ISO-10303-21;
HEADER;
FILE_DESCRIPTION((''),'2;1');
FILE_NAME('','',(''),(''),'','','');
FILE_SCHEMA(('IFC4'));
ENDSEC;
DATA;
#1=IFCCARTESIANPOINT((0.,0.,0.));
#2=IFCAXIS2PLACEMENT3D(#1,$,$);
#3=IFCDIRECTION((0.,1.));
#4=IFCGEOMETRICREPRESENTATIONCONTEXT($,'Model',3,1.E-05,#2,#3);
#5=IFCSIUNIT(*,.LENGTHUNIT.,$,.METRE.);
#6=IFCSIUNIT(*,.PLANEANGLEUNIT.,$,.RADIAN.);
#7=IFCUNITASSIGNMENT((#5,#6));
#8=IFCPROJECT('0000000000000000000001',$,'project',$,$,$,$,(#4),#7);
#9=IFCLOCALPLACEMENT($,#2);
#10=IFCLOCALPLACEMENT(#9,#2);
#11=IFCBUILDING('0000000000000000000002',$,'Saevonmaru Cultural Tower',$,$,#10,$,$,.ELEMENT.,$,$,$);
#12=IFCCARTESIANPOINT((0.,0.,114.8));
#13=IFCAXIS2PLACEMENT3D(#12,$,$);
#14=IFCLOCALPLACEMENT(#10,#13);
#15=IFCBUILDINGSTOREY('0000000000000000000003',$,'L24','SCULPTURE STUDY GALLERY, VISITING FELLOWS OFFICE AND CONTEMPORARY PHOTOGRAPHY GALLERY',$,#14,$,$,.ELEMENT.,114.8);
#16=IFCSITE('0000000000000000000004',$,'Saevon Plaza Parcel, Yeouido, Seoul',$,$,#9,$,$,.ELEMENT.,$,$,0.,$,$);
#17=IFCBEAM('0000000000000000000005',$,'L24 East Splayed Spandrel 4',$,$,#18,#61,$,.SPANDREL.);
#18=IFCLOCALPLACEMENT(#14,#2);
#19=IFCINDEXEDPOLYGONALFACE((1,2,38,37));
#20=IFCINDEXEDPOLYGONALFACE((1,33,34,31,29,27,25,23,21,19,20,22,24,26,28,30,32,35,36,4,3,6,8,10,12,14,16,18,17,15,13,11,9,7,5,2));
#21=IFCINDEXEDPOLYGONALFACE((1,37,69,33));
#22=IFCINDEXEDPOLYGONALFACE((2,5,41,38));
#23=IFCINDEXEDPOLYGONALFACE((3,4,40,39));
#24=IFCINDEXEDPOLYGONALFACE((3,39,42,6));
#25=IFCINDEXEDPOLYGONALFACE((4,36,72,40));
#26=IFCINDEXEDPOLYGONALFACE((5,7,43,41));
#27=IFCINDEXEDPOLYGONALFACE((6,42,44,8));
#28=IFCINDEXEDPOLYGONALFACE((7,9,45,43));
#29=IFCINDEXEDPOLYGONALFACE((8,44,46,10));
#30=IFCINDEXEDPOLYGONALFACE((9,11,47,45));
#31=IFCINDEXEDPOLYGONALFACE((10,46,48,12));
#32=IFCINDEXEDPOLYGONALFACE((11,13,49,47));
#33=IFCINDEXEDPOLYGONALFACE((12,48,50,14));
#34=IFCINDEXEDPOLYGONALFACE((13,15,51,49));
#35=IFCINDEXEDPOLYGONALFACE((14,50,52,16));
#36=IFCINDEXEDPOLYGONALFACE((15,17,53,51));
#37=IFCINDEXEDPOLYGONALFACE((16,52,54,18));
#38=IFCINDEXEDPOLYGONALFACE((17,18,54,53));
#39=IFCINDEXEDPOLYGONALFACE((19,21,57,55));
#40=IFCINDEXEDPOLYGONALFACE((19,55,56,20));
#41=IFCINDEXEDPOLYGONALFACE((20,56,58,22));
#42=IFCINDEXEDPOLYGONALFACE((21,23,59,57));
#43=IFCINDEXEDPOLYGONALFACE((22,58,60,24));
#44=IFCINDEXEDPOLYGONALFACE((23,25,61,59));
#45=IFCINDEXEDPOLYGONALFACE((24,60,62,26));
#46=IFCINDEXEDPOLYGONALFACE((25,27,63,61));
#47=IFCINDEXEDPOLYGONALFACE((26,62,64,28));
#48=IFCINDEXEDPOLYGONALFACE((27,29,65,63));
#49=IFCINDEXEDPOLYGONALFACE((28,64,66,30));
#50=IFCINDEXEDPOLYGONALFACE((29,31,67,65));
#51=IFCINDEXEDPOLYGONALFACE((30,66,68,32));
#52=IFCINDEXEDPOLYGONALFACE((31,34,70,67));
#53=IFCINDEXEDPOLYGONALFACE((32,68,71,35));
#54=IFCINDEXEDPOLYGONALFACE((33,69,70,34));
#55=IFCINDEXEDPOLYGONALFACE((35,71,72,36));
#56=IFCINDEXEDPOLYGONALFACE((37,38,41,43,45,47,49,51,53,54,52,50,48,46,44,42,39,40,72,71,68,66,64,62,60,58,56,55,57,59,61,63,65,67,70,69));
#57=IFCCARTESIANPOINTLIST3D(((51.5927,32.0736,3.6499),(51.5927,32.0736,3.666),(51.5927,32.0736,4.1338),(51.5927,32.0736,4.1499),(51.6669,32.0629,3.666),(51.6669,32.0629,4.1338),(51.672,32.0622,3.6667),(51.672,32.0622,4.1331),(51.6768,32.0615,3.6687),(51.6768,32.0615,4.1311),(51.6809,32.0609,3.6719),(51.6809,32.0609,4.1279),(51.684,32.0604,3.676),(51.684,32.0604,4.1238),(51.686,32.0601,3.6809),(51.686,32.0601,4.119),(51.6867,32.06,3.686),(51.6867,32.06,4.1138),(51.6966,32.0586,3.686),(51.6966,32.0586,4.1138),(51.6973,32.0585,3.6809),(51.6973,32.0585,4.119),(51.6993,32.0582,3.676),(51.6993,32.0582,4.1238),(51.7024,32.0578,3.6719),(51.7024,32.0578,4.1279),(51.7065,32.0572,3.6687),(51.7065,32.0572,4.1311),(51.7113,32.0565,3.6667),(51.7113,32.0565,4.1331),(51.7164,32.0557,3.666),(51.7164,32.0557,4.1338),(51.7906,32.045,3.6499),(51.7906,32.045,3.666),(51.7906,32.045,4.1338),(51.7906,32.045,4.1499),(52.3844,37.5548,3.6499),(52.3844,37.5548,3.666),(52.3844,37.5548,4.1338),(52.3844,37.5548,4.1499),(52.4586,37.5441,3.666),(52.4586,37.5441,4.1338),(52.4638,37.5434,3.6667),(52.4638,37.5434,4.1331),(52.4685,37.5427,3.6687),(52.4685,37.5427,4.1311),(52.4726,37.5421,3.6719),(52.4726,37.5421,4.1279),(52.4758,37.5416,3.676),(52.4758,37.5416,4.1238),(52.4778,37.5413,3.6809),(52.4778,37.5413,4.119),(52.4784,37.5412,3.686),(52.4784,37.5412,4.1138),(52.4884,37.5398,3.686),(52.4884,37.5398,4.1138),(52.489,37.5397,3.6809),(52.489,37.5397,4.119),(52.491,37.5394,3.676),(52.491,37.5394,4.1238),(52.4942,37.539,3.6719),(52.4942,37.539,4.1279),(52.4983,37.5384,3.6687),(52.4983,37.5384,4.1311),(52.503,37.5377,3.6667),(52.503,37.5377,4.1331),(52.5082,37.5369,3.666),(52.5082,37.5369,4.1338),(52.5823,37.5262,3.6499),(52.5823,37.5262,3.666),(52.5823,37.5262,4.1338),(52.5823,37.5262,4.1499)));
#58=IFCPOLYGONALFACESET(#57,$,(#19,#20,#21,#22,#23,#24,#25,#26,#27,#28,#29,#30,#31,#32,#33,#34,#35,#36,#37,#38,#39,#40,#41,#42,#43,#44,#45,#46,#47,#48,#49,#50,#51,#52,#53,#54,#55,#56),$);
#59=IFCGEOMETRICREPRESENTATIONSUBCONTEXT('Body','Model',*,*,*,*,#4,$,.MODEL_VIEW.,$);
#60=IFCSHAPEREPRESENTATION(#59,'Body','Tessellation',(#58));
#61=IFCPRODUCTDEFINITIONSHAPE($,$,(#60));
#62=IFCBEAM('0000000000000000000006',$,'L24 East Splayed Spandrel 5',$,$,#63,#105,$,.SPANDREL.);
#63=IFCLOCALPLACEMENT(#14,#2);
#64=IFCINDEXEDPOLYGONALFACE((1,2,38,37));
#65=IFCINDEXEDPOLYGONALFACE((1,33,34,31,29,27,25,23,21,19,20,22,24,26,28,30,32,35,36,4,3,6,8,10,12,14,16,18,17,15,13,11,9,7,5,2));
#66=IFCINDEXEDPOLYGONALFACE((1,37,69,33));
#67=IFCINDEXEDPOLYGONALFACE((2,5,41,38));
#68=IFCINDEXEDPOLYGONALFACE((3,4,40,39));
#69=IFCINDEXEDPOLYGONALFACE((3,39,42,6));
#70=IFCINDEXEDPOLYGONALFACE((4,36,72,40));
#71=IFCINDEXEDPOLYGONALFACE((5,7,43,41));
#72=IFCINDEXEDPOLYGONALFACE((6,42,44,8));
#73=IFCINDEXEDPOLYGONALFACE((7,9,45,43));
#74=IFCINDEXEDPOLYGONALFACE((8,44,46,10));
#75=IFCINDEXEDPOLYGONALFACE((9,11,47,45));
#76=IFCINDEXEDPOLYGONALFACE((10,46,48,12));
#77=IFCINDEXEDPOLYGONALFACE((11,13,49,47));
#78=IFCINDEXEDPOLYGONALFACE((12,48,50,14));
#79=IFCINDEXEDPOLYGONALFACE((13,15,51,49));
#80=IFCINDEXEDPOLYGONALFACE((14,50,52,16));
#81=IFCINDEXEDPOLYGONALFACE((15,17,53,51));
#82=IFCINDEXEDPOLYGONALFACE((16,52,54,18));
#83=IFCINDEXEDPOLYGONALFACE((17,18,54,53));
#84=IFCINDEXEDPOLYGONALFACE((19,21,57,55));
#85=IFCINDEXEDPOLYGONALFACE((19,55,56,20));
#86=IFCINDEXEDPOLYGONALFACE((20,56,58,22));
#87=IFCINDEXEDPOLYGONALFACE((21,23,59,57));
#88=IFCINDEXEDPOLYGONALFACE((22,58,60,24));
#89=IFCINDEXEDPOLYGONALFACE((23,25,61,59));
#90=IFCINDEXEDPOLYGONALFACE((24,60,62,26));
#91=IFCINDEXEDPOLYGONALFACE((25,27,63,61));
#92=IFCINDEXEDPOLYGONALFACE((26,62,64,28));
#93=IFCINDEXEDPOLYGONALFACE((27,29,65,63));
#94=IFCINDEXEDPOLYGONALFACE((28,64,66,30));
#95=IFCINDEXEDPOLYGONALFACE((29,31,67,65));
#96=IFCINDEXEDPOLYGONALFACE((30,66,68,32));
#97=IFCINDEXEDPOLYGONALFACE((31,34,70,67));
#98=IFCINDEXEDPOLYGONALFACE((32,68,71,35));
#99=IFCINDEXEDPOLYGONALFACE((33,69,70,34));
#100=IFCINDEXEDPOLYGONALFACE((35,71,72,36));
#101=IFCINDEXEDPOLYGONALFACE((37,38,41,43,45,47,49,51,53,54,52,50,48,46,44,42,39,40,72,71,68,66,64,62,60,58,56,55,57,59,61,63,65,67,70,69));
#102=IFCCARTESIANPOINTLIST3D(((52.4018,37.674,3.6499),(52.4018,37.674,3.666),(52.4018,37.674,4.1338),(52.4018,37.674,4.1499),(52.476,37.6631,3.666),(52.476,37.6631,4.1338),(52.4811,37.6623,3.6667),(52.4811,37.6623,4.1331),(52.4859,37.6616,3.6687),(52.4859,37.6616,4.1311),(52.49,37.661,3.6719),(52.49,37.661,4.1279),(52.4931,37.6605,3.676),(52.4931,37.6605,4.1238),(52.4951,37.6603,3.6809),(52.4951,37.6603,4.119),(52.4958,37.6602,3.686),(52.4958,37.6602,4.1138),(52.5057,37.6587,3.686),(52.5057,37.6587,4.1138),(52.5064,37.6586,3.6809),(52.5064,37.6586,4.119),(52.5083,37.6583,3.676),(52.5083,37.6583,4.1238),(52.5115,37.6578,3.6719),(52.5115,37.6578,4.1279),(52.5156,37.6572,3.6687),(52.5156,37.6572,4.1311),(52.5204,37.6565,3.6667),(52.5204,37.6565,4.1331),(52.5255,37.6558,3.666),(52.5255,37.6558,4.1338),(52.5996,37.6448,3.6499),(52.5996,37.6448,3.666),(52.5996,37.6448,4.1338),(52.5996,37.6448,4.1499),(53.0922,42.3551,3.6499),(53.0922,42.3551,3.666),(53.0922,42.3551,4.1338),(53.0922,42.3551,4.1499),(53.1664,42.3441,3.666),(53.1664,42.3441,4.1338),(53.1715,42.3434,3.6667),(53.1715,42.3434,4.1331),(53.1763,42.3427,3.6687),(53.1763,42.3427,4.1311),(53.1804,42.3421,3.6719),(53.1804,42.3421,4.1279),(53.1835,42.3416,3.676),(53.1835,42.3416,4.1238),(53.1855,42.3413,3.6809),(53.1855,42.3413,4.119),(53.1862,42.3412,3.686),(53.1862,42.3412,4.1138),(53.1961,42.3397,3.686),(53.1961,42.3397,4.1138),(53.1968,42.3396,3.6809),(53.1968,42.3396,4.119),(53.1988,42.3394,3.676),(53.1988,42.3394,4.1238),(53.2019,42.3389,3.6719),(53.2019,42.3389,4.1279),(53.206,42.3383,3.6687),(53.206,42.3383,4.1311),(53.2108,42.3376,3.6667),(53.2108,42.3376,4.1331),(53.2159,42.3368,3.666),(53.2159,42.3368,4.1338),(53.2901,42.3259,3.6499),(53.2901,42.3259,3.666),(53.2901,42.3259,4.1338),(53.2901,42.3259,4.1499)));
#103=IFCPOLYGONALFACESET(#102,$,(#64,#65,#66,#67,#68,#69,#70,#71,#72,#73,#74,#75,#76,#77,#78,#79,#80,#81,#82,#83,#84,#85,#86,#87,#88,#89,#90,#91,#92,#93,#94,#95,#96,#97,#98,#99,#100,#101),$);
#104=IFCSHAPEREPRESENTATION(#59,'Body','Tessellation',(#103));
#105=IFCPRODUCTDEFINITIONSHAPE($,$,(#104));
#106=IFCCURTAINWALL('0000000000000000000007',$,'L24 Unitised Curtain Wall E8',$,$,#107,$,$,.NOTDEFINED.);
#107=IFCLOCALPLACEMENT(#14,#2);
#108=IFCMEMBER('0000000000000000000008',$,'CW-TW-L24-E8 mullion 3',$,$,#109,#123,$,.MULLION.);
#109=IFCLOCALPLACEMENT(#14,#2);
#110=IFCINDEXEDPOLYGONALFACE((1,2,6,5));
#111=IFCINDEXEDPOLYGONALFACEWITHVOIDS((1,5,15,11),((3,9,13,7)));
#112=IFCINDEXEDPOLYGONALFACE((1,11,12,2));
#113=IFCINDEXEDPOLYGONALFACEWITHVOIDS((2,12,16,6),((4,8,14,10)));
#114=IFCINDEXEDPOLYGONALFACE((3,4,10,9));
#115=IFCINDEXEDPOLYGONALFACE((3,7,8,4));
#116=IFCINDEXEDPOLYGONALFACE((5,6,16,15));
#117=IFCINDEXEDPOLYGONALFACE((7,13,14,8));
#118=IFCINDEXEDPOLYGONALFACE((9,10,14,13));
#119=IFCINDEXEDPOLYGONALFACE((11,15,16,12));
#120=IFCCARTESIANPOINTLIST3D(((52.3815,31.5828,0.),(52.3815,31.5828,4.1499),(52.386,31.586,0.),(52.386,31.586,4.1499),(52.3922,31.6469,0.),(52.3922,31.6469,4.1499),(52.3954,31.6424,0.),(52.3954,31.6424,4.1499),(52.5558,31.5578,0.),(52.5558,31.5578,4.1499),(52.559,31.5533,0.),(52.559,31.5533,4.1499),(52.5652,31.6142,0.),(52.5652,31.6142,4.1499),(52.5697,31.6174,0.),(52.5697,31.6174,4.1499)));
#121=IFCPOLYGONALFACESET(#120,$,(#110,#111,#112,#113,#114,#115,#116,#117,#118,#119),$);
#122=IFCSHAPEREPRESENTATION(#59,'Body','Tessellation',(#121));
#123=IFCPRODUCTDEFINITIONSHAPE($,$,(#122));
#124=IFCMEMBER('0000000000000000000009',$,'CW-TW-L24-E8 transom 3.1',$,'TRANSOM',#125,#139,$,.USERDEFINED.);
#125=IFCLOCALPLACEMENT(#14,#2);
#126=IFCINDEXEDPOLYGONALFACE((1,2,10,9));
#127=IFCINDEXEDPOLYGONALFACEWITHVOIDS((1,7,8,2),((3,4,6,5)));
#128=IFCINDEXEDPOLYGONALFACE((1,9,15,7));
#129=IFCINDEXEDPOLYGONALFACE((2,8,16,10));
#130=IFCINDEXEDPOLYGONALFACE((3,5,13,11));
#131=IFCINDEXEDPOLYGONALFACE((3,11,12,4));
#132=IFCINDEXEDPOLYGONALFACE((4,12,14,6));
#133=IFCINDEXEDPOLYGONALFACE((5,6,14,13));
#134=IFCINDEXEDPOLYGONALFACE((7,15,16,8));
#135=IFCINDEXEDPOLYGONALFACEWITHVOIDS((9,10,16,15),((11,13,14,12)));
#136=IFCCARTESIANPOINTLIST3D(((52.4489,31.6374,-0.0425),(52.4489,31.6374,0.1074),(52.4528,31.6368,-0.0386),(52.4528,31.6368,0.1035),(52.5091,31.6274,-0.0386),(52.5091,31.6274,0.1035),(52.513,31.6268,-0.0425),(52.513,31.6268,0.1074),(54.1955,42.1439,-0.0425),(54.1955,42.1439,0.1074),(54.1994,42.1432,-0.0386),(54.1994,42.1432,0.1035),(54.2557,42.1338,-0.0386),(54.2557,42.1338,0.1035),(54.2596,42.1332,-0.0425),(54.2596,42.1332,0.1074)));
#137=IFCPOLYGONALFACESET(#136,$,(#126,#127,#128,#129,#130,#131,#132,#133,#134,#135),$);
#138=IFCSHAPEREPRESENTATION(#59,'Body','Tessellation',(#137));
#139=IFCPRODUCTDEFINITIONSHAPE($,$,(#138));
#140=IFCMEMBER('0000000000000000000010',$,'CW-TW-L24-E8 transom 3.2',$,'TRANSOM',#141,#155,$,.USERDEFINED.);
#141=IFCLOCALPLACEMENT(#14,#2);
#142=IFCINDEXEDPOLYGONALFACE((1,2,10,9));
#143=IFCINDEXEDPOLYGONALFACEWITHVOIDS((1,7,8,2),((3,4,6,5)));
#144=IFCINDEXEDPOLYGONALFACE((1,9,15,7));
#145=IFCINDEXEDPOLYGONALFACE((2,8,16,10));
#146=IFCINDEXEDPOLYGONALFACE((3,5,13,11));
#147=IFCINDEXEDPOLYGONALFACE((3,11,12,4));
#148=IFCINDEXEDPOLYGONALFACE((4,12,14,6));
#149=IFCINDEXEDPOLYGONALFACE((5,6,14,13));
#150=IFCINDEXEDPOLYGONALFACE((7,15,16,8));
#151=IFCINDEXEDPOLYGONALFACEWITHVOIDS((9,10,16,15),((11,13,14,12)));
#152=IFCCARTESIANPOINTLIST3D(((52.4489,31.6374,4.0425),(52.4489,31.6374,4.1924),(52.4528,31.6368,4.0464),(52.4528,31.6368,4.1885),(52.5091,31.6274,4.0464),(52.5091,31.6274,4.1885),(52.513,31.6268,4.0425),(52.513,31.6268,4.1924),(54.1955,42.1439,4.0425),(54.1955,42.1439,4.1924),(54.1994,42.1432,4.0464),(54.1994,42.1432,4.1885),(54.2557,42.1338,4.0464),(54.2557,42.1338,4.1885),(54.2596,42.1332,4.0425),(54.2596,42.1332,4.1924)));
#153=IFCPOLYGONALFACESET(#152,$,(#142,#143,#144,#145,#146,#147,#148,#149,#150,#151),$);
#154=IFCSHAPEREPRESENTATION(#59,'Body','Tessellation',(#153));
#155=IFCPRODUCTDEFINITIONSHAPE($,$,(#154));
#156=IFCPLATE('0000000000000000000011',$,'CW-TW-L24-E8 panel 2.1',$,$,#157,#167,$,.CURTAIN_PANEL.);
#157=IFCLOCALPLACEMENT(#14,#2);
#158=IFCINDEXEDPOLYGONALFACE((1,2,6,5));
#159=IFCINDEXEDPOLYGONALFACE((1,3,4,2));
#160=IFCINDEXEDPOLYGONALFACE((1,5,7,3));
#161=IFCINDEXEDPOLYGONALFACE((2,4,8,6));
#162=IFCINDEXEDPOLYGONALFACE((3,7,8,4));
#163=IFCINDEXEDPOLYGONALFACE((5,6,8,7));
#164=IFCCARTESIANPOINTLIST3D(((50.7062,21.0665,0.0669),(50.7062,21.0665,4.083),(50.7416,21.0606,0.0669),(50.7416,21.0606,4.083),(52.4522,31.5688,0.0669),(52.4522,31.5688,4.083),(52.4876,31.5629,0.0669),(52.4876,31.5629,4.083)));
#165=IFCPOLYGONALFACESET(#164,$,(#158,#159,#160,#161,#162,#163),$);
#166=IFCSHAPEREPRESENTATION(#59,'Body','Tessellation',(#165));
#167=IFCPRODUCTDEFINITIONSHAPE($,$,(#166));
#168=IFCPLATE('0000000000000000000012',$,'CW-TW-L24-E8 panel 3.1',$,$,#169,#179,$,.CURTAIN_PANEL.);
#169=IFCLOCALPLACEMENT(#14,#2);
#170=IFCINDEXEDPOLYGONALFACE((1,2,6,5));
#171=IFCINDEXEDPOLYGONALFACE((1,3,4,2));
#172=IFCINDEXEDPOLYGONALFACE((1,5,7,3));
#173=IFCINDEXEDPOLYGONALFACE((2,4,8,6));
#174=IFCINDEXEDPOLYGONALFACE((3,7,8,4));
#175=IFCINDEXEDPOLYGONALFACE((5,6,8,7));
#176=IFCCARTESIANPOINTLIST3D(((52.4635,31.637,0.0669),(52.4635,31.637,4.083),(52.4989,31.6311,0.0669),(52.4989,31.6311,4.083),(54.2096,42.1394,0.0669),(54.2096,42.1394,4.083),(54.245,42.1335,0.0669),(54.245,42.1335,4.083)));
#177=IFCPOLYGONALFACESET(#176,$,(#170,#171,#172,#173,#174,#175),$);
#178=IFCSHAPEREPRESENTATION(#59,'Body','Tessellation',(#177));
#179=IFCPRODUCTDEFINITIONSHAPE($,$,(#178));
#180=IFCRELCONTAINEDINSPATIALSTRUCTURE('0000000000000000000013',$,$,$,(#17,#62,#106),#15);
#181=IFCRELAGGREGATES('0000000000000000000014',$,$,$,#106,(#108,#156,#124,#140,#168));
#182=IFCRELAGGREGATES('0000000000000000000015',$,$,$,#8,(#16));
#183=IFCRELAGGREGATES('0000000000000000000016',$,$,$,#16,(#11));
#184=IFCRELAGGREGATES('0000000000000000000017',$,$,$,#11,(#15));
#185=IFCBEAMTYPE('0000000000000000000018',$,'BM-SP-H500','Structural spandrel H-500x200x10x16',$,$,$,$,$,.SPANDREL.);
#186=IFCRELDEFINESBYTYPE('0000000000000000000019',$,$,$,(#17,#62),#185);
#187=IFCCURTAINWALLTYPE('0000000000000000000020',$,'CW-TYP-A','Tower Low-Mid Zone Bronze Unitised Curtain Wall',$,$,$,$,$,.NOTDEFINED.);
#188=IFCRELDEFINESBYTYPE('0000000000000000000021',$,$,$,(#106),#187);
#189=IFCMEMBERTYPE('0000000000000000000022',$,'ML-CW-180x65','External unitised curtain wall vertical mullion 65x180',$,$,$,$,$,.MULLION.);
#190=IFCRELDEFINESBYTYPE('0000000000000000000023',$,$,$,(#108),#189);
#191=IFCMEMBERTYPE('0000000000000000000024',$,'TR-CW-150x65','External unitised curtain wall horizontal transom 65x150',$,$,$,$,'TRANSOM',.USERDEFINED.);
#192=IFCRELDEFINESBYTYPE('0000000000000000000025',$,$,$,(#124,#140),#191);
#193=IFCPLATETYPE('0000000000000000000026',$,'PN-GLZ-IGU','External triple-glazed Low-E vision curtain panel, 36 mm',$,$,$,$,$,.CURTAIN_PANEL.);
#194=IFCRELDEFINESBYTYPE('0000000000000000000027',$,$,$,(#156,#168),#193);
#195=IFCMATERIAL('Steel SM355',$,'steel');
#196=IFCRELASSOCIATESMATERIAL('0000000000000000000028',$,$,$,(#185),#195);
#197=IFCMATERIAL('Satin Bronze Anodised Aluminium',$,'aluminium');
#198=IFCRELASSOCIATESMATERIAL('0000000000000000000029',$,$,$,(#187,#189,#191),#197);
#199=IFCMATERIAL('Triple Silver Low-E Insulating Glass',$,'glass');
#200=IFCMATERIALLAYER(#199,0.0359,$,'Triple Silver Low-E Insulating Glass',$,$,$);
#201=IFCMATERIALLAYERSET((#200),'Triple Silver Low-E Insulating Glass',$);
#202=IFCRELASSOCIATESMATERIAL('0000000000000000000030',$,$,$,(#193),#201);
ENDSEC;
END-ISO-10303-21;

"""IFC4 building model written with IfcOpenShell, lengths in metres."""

from ifc_helpers import new_model, si_unit, direction, frame, origin, origin_2d, place, context, subcontext, project, spatial, rectangle, hollow_rectangle, i_section, extrude, material, layer, layer_set, material_profile, profile_set, type_object, element, aggregate, save


model = new_model("IFC4")

# Units and contexts
model_context = context("Model", 3, precision=1e-05, world=origin(), true_north=direction((0.0, 1.0)))
body_context = subcontext(model_context, "Body", "Model", "MODEL_VIEW")
ifc_project = project(units=[si_unit("LENGTHUNIT", "METRE"), si_unit("PLANEANGLEUNIT", "RADIAN")], contexts=[model_context])

# Site, building, storey
site_placement = place(None, origin())
site = spatial("IfcSite", under=ifc_project, at=site_placement, Name="Saevon Plaza Parcel, Yeouido, Seoul", CompositionType="ELEMENT", RefElevation=0.0)
building_placement = place(site_placement, origin())
building = spatial("IfcBuilding", under=site, at=building_placement, Name="Saevonmaru Cultural Tower", CompositionType="ELEMENT")
storey_placement = place(building_placement, frame((0.0, 0.0, 114.8)))
storey = spatial("IfcBuildingStorey", under=building, at=storey_placement, Name="L24", Description="SCULPTURE STUDY GALLERY, VISITING FELLOWS OFFICE AND CONTEMPORARY PHOTOGRAPHY GALLERY", CompositionType="ELEMENT", Elevation=114.8)

# Shared definitions
ifc_material_1 = material(Name="Steel SM355", Category="steel")

# Beams
ifc_material_profile_1 = material_profile(ifc_material_1, i_section(OverallWidth=0.2, OverallDepth=0.5, WebThickness=0.01, FlangeThickness=0.0161, FilletRadius=0.02, at=origin_2d()), Name="H-500x200x10x16")
ifc_profile_set_1 = profile_set([ifc_material_profile_1], Name="Steel SM355")
beam_type_1 = type_object("IfcBeamType", Name="BM-SP-H500", Description="Structural spandrel H-500x200x10x16", PredefinedType="SPANDREL", material=ifc_profile_set_1)
beam_1_placement = place(storey_placement, frame((51.6917, 32.0593, 3.8999), z_axis=(0.142964, 0.989728, 0.0), x_axis=(-0.989728, 0.142964, 0.0)))
element("IfcBeam", 1, at=beam_1_placement, inside=storey, type_object=beam_type_1, Name="L24 East Splayed Spandrel 4", PredefinedType="SPANDREL", context=body_context, shape_type="SweptSolid", body=[
    extrude(i_section(OverallWidth=0.2, OverallDepth=0.5, WebThickness=0.01, FlangeThickness=0.0161, FilletRadius=0.02, at=origin_2d()), origin(), (0.0, 0.0, 1.0), 5.5381),
])
beam_2_placement = place(storey_placement, frame((52.5007, 37.6594, 3.8999), z_axis=(0.145913, 0.989297, 0.0), x_axis=(-0.989297, 0.145913, 0.0)))
element("IfcBeam", 2, at=beam_2_placement, inside=storey, type_object=beam_type_1, Name="L24 East Splayed Spandrel 5", PredefinedType="SPANDREL", context=body_context, shape_type="SweptSolid", body=[
    extrude(i_section(OverallWidth=0.2, OverallDepth=0.5, WebThickness=0.01, FlangeThickness=0.0161, FilletRadius=0.02, at=origin_2d()), origin(), (0.0, 0.0, 1.0), 4.7317),
])

# Curtain wall, members, plates
ifc_material_2 = material(Name="Satin Bronze Anodised Aluminium", Category="aluminium")
curtain_wall_type = type_object("IfcCurtainWallType", Name="CW-TYP-A", Description="Tower Low-Mid Zone Bronze Unitised Curtain Wall", PredefinedType="NOTDEFINED", material=ifc_material_2)
curtain_wall_placement = place(storey_placement, origin())
curtain_wall = element("IfcCurtainWall", 3, at=curtain_wall_placement, inside=storey, type_object=curtain_wall_type, Name="L24 Unitised Curtain Wall E8", PredefinedType="NOTDEFINED")
ifc_material_profile_2 = material_profile(ifc_material_2, hollow_rectangle(XDim=0.0649, YDim=0.1799, WallThickness=0.0039, at=origin_2d()), Name="ALU-MULL-180x65x4")
ifc_profile_set_2 = profile_set([ifc_material_profile_2], Name="Satin Bronze Anodised Aluminium")
member_type_1 = type_object("IfcMemberType", Name="ML-CW-180x65", Description="External unitised curtain wall vertical mullion 65x180", PredefinedType="MULLION", material=ifc_profile_set_2)
member_1_placement = place(storey_placement, frame((52.4756, 31.6001, 0.0), z_axis=(0.0, 0.0, 1.0), x_axis=(0.163999, 0.986461, 0.0)))
member_1 = element("IfcMember", 4, at=member_1_placement, type_object=member_type_1, Name="CW-TW-L24-E8 mullion 3", PredefinedType="MULLION", context=body_context, shape_type="SweptSolid", body=[
    extrude(hollow_rectangle(XDim=0.0649, YDim=0.1799, WallThickness=0.0039, at=origin_2d()), origin(), (0.0, 0.0, 1.0), 4.1499),
])
ifc_material_profile_3 = material_profile(ifc_material_2, hollow_rectangle(XDim=0.0649, YDim=0.1499, WallThickness=0.0039, at=origin_2d()), Name="ALU-TRAN-150x65x4")
ifc_profile_set_3 = profile_set([ifc_material_profile_3], Name="Satin Bronze Anodised Aluminium")
member_type_2 = type_object("IfcMemberType", Name="TR-CW-150x65", Description="External unitised curtain wall horizontal transom 65x150", ElementType="TRANSOM", PredefinedType="USERDEFINED", material=ifc_profile_set_3)
member_2_placement = place(storey_placement, frame((52.481, 31.6321, 0.0325), z_axis=(0.16399, 0.986462, 0.0), x_axis=(-0.986462, 0.16399, 0.0)))
member_2 = element("IfcMember", 5, at=member_2_placement, type_object=member_type_2, Name="CW-TW-L24-E8 transom 3.1", ObjectType="TRANSOM", PredefinedType="USERDEFINED", context=body_context, shape_type="SweptSolid", body=[
    extrude(hollow_rectangle(XDim=0.0649, YDim=0.1499, WallThickness=0.0039, at=origin_2d()), origin(), (0.0, 0.0, 1.0), 10.6506),
])
member_3_placement = place(storey_placement, frame((52.481, 31.6321, 4.1174), z_axis=(0.16399, 0.986462, 0.0), x_axis=(-0.986462, 0.16399, 0.0)))
member_3 = element("IfcMember", 6, at=member_3_placement, type_object=member_type_2, Name="CW-TW-L24-E8 transom 3.2", ObjectType="TRANSOM", PredefinedType="USERDEFINED", context=body_context, shape_type="SweptSolid", body=[
    extrude(hollow_rectangle(XDim=0.0649, YDim=0.1499, WallThickness=0.0039, at=origin_2d()), origin(), (0.0, 0.0, 1.0), 10.6506),
])
ifc_material_3 = material(Name="Triple Silver Low-E Insulating Glass", Category="glass")
ifc_layer_1 = layer(ifc_material_3, 0.0359, Name="Triple Silver Low-E Insulating Glass")
ifc_layer_set_1 = layer_set([ifc_layer_1], Name="Triple Silver Low-E Insulating Glass")
plate_type = type_object("IfcPlateType", Name="PN-GLZ-IGU", Description="External triple-glazed Low-E vision curtain panel, 36 mm", PredefinedType="CURTAIN_PANEL", material=ifc_layer_set_1)
plate_1_placement = place(storey_placement, frame((51.5969, 26.3147, 0.0669), z_axis=(0.0, 0.0, 1.0), x_axis=(0.163999, 0.986461, 0.0)))
plate_1 = element("IfcPlate", 7, at=plate_1_placement, type_object=plate_type, Name="CW-TW-L24-E8 panel 2.1", PredefinedType="CURTAIN_PANEL", context=body_context, shape_type="SweptSolid", body=[
    extrude(rectangle(XDim=10.6465, YDim=0.0359, at=origin_2d()), origin(), (0.0, 0.0, 1.0), 4.0161),
])
plate_2_placement = place(storey_placement, frame((53.3542, 36.8853, 0.0669), z_axis=(0.0, 0.0, 1.0), x_axis=(0.163999, 0.986461, 0.0)))
plate_2 = element("IfcPlate", 8, at=plate_2_placement, type_object=plate_type, Name="CW-TW-L24-E8 panel 3.1", PredefinedType="CURTAIN_PANEL", context=body_context, shape_type="SweptSolid", body=[
    extrude(rectangle(XDim=10.6465, YDim=0.0359, at=origin_2d()), origin(), (0.0, 0.0, 1.0), 4.0161),
])
aggregate(curtain_wall, [member_1, plate_1, member_2, member_3, plate_2])

save(model, "model.ifc")
